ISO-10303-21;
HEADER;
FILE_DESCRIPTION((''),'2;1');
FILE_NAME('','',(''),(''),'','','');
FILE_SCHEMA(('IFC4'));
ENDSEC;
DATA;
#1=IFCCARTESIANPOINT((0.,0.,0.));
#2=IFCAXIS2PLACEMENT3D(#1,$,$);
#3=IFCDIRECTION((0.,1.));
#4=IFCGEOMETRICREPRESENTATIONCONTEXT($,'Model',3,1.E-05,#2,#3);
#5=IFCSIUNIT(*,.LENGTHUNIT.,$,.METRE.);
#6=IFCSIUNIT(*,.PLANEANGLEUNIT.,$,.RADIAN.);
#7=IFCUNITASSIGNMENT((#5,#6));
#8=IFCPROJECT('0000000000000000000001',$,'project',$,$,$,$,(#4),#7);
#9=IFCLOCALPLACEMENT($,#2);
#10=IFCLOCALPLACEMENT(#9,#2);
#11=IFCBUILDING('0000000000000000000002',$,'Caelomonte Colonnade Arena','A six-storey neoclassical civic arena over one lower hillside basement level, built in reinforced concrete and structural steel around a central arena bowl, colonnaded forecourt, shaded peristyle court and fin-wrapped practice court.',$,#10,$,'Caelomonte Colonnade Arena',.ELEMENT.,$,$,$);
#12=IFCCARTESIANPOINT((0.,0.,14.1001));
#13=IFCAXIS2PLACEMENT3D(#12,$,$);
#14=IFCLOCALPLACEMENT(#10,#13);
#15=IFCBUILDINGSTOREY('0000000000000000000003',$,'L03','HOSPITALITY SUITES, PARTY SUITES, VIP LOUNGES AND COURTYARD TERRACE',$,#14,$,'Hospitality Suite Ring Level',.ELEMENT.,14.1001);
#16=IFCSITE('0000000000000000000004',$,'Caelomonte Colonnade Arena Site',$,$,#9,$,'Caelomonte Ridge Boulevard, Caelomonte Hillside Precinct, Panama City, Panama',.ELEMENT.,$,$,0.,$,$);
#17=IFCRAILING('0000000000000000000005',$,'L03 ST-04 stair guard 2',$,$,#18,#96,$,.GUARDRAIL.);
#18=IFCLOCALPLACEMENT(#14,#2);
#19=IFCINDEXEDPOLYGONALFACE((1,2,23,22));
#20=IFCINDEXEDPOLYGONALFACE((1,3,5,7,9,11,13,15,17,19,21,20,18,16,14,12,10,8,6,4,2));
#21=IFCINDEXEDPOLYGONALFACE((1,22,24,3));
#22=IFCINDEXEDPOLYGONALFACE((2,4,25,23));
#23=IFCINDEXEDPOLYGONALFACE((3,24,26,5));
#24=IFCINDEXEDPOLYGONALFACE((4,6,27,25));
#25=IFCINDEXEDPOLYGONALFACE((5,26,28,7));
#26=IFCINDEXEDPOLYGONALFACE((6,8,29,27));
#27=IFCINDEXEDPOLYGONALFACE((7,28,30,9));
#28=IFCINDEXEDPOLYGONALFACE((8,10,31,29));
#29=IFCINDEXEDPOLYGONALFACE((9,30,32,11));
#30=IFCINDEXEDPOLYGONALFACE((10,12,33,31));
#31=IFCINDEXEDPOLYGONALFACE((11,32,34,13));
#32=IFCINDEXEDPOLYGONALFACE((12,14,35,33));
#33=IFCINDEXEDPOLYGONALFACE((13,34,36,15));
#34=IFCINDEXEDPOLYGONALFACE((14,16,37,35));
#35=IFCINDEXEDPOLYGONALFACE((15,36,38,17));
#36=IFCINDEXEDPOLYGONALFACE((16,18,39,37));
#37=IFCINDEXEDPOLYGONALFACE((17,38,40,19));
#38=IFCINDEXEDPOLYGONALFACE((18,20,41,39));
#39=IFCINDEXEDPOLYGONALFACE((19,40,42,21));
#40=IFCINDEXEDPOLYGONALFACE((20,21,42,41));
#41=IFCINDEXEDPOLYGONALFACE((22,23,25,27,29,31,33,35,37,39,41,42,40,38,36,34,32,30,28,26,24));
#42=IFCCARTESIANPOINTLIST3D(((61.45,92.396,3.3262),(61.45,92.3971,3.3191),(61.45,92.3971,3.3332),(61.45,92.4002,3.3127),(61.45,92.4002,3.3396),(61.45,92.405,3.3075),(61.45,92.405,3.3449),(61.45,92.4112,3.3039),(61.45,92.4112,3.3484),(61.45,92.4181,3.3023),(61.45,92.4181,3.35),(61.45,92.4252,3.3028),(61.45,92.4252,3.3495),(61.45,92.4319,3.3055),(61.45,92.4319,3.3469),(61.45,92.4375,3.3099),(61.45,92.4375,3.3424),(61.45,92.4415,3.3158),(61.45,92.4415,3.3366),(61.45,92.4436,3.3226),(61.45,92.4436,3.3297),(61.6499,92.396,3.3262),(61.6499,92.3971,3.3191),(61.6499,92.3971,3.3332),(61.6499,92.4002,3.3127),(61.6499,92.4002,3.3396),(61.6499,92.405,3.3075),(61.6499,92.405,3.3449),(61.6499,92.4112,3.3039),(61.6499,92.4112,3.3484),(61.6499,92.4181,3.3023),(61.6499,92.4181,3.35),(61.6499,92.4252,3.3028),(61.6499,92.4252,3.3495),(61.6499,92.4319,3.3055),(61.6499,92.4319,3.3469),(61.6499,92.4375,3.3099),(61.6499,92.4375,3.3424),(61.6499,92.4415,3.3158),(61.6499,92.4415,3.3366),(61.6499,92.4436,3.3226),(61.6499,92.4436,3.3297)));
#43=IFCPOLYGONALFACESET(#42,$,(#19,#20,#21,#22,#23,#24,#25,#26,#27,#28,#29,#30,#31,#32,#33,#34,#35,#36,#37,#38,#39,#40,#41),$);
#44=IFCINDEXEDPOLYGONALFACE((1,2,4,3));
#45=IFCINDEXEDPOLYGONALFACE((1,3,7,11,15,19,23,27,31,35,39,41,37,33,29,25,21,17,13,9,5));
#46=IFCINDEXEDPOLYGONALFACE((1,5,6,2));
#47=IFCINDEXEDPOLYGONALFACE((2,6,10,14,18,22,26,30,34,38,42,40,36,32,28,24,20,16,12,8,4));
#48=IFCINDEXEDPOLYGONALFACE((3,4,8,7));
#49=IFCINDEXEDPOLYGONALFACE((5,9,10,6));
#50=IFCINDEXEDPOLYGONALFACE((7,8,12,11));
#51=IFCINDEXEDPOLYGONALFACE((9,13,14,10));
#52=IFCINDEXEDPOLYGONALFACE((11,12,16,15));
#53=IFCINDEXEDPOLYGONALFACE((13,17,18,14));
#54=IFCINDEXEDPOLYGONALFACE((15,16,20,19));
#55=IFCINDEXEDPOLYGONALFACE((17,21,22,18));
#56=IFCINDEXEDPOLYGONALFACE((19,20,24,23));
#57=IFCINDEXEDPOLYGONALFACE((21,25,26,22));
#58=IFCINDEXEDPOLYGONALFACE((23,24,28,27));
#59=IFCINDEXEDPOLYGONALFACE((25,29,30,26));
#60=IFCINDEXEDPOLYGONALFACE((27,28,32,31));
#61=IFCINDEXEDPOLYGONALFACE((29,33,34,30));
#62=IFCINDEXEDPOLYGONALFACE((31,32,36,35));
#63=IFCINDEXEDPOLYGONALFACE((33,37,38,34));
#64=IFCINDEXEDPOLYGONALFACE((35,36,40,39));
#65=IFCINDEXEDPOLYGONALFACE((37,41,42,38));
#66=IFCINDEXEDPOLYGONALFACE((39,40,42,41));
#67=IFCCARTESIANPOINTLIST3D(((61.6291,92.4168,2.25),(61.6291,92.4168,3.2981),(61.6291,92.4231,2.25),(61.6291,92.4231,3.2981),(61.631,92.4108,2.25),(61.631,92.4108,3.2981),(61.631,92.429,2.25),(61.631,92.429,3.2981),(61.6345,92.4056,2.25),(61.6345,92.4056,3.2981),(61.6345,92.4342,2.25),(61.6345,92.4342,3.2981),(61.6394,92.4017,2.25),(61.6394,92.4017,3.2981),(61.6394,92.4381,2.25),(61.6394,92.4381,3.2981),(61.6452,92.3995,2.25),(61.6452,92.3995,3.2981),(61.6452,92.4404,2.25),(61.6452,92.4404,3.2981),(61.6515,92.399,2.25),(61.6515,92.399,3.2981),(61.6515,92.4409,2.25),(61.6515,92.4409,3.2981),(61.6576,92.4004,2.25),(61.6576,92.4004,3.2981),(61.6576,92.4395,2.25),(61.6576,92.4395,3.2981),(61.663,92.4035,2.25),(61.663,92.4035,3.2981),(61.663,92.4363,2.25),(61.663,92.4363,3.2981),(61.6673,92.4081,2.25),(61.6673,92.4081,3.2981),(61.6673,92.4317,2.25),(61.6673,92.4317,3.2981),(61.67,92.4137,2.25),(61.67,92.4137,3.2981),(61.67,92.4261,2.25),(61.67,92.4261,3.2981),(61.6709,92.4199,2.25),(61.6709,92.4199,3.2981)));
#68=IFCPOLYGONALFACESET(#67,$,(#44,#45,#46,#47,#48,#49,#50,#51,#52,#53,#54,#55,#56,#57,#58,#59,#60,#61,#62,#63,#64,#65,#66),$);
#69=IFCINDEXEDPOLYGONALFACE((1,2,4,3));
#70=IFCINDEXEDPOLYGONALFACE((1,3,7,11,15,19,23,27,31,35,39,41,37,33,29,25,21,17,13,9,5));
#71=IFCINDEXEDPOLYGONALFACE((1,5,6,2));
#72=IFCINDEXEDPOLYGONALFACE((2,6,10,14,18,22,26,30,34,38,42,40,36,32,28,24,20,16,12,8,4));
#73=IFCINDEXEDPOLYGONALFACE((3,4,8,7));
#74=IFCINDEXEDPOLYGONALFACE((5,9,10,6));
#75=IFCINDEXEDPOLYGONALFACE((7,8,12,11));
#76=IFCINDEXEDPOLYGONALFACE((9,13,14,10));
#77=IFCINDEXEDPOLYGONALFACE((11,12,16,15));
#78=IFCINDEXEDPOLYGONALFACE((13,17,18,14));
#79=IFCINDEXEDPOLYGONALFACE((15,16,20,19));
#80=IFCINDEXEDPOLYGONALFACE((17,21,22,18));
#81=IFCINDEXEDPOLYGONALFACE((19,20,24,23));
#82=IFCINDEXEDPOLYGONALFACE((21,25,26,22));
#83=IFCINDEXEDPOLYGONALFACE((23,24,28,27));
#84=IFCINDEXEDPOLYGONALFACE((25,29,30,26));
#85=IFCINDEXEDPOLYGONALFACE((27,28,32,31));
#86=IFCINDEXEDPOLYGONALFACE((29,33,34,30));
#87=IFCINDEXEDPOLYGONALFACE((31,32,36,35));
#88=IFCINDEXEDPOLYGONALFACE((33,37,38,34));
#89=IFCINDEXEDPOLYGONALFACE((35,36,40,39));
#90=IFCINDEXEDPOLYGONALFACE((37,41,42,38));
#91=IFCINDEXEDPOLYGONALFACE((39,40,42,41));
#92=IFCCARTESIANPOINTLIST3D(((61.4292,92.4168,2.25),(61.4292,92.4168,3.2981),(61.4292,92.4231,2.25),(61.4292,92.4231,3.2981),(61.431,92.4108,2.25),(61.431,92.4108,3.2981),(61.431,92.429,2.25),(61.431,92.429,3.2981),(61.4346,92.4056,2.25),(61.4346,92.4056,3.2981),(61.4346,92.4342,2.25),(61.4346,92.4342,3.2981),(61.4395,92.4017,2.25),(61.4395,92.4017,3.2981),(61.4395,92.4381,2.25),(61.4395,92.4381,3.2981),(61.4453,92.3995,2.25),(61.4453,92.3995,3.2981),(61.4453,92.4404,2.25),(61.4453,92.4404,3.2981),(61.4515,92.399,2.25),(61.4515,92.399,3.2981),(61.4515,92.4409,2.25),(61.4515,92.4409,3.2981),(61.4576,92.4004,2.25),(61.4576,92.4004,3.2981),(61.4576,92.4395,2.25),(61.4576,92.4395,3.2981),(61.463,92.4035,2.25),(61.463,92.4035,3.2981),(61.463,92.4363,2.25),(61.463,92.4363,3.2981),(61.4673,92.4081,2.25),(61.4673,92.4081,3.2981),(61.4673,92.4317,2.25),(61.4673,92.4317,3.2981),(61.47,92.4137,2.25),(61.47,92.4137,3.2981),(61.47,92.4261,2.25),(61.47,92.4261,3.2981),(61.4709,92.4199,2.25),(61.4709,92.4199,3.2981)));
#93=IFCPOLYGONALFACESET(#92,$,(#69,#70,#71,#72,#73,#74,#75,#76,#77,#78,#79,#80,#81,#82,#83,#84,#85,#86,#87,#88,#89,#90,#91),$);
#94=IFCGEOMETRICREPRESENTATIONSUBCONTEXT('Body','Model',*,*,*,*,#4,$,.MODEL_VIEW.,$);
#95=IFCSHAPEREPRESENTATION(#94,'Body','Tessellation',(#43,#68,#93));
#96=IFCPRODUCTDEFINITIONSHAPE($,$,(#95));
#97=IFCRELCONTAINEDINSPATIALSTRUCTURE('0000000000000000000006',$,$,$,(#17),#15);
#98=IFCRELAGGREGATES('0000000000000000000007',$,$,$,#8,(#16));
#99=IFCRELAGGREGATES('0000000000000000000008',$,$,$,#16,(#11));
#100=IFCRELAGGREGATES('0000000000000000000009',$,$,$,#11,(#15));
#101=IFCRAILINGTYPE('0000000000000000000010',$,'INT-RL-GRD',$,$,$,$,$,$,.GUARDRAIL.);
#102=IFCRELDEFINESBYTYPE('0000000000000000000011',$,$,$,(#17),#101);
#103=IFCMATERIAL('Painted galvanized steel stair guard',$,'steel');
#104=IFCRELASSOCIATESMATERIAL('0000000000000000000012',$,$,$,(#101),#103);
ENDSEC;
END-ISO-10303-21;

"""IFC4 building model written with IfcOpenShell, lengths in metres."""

from ifc_helpers import new_model, si_unit, direction, frame, origin, origin_2d, place, context, subcontext, project, spatial, circle, extrude, material, type_object, element, save


model = new_model("IFC4")

# Units and contexts
model_context = context("Model", 3, precision=1e-05, world=origin(), true_north=direction((0.0, 1.0)))
body_context = subcontext(model_context, "Body", "Model", "MODEL_VIEW")
ifc_project = project(units=[si_unit("LENGTHUNIT", "METRE"), si_unit("PLANEANGLEUNIT", "RADIAN")], contexts=[model_context])

# Site, building, storey
site_placement = place(None, origin())
site = spatial("IfcSite", under=ifc_project, at=site_placement, Name="Caelomonte Colonnade Arena Site", LongName="Caelomonte Ridge Boulevard, Caelomonte Hillside Precinct, Panama City, Panama", CompositionType="ELEMENT", RefElevation=0.0)
building_placement = place(site_placement, origin())
building = spatial("IfcBuilding", under=site, at=building_placement, Name="Caelomonte Colonnade Arena", Description="A six-storey neoclassical civic arena over one lower hillside basement level, built in reinforced concrete and structural steel around a central arena bowl, colonnaded forecourt, shaded peristyle court and fin-wrapped practice court.", LongName="Caelomonte Colonnade Arena", CompositionType="ELEMENT")
storey_placement = place(building_placement, frame((0.0, 0.0, 14.1001)))
storey = spatial("IfcBuildingStorey", under=building, at=storey_placement, Name="L03", Description="HOSPITALITY SUITES, PARTY SUITES, VIP LOUNGES AND COURTYARD TERRACE", LongName="Hospitality Suite Ring Level", CompositionType="ELEMENT", Elevation=14.1001)

# Railing
ifc_material_1 = material(Name="Painted galvanized steel stair guard", Category="steel")
railing_type_1 = type_object("IfcRailingType", Name="INT-RL-GRD", PredefinedType="GUARDRAIL", material=ifc_material_1)
railing_1_placement = place(storey_placement, frame((61.6499, 92.4199, 2.25)))
element("IfcRailing", 1, at=railing_1_placement, inside=storey, type_object=railing_type_1, Name="L03 ST-04 stair guard 2", PredefinedType="GUARDRAIL", context=body_context, shape_type="SweptSolid", body=[
    extrude(circle(Radius=0.0239, at=origin_2d()), frame((0.0, 0.0, 1.0762), z_axis=(-1.0, 0.0, 0.0), x_axis=(0.0, -1.0, 0.0)), (0.0, 0.0, 1.0), 0.2),
    extrude(circle(Radius=0.021, at=origin_2d()), origin(), (0.0, 0.0, 1.0), 1.0481),
    extrude(circle(Radius=0.021, at=origin_2d()), frame((-0.2, 0.0, 0.0)), (0.0, 0.0, 1.0), 1.0481),
])

save(model, "model.ifc")
